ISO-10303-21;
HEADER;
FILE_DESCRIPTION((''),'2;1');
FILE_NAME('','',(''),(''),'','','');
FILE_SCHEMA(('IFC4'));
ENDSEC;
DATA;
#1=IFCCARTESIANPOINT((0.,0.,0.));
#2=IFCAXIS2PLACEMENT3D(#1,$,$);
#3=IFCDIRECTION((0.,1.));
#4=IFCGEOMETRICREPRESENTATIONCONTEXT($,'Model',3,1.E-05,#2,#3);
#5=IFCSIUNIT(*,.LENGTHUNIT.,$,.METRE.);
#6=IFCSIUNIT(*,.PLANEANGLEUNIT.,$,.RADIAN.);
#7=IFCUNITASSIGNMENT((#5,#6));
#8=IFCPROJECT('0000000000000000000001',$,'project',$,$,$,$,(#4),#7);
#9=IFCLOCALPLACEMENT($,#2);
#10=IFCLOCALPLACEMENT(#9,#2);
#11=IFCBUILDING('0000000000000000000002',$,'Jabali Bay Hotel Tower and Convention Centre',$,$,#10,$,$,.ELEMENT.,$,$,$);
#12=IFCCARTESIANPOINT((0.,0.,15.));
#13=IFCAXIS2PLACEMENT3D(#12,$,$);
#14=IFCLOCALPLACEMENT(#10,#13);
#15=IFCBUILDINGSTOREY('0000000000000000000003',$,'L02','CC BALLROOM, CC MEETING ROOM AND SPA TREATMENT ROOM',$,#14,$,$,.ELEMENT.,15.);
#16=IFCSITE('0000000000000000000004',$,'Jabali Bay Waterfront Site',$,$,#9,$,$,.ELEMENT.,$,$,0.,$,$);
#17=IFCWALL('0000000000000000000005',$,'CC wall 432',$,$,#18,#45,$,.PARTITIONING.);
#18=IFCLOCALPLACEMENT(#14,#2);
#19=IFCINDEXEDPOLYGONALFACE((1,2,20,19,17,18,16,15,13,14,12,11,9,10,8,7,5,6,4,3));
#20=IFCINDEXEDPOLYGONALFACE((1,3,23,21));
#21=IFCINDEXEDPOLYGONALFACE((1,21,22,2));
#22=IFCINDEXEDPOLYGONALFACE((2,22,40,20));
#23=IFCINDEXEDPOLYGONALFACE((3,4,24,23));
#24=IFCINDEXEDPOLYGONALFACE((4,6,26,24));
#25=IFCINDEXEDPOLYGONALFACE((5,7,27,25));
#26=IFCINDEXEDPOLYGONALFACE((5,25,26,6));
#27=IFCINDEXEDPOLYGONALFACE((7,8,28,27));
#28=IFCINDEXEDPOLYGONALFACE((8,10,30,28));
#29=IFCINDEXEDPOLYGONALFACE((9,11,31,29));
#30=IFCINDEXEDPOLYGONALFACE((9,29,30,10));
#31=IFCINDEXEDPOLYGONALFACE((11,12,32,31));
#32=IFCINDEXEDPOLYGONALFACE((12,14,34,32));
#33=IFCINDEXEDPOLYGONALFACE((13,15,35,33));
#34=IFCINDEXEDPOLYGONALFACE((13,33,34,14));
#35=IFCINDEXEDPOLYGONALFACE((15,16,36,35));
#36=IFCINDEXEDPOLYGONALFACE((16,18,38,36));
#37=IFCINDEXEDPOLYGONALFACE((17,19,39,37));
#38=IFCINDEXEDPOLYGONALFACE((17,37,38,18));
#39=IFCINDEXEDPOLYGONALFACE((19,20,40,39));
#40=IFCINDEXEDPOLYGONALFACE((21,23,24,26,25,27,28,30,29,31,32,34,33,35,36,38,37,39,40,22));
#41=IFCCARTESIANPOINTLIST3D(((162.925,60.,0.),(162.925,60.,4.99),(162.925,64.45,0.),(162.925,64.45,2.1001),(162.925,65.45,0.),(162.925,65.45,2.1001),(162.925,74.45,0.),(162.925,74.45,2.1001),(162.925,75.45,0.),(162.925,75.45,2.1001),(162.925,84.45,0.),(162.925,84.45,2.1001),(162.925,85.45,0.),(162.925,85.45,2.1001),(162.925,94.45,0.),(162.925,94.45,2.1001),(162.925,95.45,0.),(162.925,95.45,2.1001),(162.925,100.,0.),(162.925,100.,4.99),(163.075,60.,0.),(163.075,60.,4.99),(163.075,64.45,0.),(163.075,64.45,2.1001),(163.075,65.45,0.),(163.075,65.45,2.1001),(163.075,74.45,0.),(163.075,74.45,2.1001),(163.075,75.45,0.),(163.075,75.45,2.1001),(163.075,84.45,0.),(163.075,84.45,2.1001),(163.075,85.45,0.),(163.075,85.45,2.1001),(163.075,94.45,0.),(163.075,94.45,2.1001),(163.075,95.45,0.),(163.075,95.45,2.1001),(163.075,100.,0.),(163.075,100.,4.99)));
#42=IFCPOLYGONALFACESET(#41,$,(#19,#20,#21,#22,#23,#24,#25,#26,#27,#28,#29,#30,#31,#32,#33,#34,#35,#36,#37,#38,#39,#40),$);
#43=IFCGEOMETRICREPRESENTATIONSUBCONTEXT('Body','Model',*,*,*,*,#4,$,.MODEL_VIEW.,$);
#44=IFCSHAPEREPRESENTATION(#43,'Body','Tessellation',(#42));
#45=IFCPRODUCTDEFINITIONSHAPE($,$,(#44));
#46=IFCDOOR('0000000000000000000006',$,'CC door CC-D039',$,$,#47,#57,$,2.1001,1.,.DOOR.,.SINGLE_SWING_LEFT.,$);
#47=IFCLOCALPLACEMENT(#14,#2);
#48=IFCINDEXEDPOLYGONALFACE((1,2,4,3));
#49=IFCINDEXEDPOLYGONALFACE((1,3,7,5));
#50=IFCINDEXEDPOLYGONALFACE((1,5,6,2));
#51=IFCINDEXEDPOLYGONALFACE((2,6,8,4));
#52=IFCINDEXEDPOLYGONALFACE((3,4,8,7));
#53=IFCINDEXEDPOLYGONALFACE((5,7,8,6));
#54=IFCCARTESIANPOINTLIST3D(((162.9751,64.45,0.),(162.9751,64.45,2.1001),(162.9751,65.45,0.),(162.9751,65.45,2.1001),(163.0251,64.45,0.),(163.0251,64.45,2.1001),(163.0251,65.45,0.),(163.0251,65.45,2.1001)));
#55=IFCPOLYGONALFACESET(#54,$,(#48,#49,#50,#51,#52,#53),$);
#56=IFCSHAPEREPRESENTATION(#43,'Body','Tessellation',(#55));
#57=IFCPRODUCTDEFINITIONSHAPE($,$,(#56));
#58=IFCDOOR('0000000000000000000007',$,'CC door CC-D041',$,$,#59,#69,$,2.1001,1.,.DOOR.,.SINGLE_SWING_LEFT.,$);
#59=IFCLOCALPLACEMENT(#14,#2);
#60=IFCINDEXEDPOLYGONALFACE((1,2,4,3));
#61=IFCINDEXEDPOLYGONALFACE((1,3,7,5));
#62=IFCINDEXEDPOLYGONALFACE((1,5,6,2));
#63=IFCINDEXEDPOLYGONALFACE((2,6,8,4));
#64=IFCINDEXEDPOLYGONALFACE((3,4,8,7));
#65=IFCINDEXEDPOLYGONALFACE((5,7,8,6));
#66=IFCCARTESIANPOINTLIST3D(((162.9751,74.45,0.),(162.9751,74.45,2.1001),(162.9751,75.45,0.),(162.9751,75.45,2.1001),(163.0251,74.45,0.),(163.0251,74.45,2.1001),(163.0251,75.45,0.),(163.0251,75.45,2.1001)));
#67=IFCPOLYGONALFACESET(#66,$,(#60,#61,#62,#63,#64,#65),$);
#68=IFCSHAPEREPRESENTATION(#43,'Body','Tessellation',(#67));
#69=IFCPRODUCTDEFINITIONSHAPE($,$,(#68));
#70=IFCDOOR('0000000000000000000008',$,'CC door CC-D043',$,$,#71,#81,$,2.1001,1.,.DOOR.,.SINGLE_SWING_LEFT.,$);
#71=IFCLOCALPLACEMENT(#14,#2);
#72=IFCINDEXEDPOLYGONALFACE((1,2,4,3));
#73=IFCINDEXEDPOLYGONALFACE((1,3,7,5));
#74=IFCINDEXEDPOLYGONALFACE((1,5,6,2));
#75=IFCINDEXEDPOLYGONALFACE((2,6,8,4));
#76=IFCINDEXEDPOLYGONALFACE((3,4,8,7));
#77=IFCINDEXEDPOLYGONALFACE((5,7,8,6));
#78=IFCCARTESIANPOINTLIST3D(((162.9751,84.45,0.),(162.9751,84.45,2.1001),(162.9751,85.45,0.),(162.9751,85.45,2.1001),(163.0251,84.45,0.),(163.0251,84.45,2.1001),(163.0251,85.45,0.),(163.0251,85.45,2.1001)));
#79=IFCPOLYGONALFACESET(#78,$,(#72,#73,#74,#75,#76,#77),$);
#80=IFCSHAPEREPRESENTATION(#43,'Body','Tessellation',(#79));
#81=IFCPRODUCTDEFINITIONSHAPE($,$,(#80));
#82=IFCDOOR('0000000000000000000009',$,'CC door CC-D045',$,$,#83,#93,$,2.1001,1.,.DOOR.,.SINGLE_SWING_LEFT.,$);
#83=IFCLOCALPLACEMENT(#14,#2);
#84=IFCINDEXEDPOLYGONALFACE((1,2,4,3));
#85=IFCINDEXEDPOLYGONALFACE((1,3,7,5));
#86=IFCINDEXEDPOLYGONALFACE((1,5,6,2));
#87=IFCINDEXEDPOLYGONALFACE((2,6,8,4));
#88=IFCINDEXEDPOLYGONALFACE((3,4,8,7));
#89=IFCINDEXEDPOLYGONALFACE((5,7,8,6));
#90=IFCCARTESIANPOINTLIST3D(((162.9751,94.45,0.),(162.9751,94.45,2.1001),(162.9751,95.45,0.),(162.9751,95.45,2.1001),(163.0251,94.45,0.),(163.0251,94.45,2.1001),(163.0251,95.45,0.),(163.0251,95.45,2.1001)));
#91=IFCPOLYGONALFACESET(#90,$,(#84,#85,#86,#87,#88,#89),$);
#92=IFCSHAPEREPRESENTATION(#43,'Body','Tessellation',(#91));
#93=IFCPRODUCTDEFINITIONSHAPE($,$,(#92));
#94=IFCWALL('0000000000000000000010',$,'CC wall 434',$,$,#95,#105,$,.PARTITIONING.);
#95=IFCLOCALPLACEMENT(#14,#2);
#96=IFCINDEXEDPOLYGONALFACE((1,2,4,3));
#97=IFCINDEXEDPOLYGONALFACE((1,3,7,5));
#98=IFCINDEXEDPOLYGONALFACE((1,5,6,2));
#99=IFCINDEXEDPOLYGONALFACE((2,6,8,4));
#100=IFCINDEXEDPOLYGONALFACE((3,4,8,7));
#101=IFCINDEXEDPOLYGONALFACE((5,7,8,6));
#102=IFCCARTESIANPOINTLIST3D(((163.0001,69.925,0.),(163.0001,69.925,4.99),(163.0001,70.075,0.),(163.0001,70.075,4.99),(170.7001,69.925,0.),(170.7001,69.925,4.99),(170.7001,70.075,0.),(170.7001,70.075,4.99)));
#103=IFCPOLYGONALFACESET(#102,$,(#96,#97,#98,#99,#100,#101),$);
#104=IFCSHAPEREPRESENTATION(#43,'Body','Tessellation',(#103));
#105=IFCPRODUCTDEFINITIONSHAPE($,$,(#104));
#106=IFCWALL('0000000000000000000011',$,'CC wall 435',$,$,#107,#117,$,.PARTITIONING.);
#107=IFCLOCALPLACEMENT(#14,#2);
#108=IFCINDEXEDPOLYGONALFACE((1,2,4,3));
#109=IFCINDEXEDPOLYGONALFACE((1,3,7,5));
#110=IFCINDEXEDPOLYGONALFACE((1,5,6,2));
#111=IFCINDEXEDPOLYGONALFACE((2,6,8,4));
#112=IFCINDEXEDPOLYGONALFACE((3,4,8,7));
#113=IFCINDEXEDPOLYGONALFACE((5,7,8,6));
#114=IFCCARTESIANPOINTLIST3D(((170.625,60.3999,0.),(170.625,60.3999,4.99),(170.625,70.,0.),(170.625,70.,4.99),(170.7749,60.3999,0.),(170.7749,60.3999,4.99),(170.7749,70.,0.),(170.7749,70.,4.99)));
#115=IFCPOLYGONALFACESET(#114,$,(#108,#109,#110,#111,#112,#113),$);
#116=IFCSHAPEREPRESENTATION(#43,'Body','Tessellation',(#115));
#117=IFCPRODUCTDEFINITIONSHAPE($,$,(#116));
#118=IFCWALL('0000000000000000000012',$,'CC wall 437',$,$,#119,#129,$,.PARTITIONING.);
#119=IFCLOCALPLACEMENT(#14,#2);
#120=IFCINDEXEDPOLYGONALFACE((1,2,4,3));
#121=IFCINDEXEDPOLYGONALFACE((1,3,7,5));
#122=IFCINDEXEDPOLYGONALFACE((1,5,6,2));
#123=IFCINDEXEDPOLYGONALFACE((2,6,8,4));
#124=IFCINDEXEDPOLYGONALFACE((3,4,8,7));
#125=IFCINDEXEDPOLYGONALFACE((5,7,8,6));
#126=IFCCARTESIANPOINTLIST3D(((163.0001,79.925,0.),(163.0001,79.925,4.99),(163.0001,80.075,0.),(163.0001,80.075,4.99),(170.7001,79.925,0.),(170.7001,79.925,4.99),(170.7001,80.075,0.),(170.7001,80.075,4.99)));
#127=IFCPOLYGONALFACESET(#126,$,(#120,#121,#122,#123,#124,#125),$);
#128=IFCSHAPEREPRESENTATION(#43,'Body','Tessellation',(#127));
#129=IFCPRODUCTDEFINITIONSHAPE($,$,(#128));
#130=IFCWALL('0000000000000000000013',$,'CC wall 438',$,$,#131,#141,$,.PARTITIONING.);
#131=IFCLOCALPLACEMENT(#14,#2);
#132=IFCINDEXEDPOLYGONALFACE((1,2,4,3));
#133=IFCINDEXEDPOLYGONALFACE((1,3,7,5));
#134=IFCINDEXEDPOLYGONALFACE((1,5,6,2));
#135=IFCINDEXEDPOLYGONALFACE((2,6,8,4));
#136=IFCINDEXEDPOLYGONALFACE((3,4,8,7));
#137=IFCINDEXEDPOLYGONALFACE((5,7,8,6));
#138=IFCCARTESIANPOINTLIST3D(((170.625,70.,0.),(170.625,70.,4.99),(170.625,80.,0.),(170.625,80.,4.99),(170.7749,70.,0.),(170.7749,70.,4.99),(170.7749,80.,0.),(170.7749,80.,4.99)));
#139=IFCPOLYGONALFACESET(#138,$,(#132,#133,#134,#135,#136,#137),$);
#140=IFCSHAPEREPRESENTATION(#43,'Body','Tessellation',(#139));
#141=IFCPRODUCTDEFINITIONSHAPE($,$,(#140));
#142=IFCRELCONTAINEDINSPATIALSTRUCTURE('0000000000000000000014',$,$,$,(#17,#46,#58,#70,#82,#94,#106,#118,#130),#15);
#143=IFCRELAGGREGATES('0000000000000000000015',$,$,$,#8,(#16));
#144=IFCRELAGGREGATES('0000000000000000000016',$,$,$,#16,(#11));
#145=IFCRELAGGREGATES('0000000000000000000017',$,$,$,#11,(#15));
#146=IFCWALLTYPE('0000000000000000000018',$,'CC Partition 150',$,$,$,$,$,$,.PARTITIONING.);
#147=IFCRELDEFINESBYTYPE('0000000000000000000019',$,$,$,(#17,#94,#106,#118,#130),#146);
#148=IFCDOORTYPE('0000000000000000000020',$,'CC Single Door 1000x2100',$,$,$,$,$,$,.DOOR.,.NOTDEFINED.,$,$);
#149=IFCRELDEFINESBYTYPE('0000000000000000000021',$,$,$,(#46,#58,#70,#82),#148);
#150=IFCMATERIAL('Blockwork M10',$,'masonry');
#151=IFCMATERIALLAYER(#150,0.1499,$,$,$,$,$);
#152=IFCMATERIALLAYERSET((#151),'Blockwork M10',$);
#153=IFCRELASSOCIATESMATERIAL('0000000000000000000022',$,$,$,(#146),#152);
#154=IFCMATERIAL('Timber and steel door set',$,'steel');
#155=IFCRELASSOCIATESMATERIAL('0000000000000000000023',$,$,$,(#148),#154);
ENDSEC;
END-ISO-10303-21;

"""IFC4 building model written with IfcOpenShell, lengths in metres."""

from ifc_helpers import new_model, si_unit, direction, frame, frame_2d, origin, place, context, subcontext, project, spatial, rectangle, extrude, material, layer, layer_set, type_object, element, fill, save


model = new_model("IFC4")

# Units and contexts
model_context = context("Model", 3, precision=1e-05, world=origin(), true_north=direction((0.0, 1.0)))
body_context = subcontext(model_context, "Body", "Model", "MODEL_VIEW")
ifc_project = project(units=[si_unit("LENGTHUNIT", "METRE"), si_unit("PLANEANGLEUNIT", "RADIAN")], contexts=[model_context])

# Site, building, storey
site_placement = place(None, origin())
site = spatial("IfcSite", under=ifc_project, at=site_placement, Name="Jabali Bay Waterfront Site", CompositionType="ELEMENT", RefElevation=0.0)
building_placement = place(site_placement, origin())
building = spatial("IfcBuilding", under=site, at=building_placement, Name="Jabali Bay Hotel Tower and Convention Centre", CompositionType="ELEMENT")
storey_placement = place(building_placement, frame((0.0, 0.0, 15.0)))
storey = spatial("IfcBuildingStorey", under=building, at=storey_placement, Name="L02", Description="CC BALLROOM, CC MEETING ROOM AND SPA TREATMENT ROOM", CompositionType="ELEMENT", Elevation=15.0)

# Shared definitions
ifc_material_1 = material(Name="Timber and steel door set", Category="steel")

# Shared definitions
ifc_material_2 = material(Name="Blockwork M10", Category="masonry")
ifc_layer_1 = layer(ifc_material_2, 0.1499)
ifc_layer_set_1 = layer_set([ifc_layer_1], Name="Blockwork M10")
wall_type_1 = type_object("IfcWallType", Name="CC Partition 150", PredefinedType="PARTITIONING", material=ifc_layer_set_1)

# Wall, openings, doors
wall_1_placement = place(storey_placement, frame((163.0, 60.0, 0.0), z_axis=(0.0, 0.0, 1.0), x_axis=(0.0, 1.0, 0.0)))
wall_1 = element("IfcWall", 1, at=wall_1_placement, inside=storey, type_object=wall_type_1, Name="CC wall 432", PredefinedType="PARTITIONING", context=body_context, shape_type="SweptSolid", body=[
    extrude(rectangle(XDim=40.0, YDim=0.1499, at=frame_2d((20.0, 0.0))), origin(), (0.0, 0.0, 1.0), 4.99),
])
opening_1_placement = place(wall_1_placement, frame((4.45, 0.0, 0.0)))
opening_1 = element("IfcOpeningElement", 2, at=opening_1_placement, cuts=wall_1, PredefinedType="OPENING", context=body_context, shape_type="SweptSolid", body=[
    extrude(rectangle(XDim=1.0, YDim=2.1001, at=frame_2d((0.5, 1.05))), frame((0.0, 0.0854, 0.0), z_axis=(0.0, -1.0, 0.0), x_axis=(1.0, 0.0, 0.0)), (0.0, 0.0, 1.0), 0.1709),
])
opening_2_placement = place(wall_1_placement, frame((14.45, 0.0, 0.0)))
opening_2 = element("IfcOpeningElement", 3, at=opening_2_placement, cuts=wall_1, PredefinedType="OPENING", context=body_context, shape_type="SweptSolid", body=[
    extrude(rectangle(XDim=1.0, YDim=2.1001, at=frame_2d((0.5, 1.05))), frame((0.0, 0.0854, 0.0), z_axis=(0.0, -1.0, 0.0), x_axis=(1.0, 0.0, 0.0)), (0.0, 0.0, 1.0), 0.1709),
])
opening_3_placement = place(wall_1_placement, frame((24.45, 0.0, 0.0)))
opening_3 = element("IfcOpeningElement", 4, at=opening_3_placement, cuts=wall_1, PredefinedType="OPENING", context=body_context, shape_type="SweptSolid", body=[
    extrude(rectangle(XDim=1.0, YDim=2.1001, at=frame_2d((0.5, 1.05))), frame((0.0, 0.0854, 0.0), z_axis=(0.0, -1.0, 0.0), x_axis=(1.0, 0.0, 0.0)), (0.0, 0.0, 1.0), 0.1709),
])
opening_4_placement = place(wall_1_placement, frame((34.45, 0.0, 0.0)))
opening_4 = element("IfcOpeningElement", 5, at=opening_4_placement, cuts=wall_1, PredefinedType="OPENING", context=body_context, shape_type="SweptSolid", body=[
    extrude(rectangle(XDim=1.0, YDim=2.1001, at=frame_2d((0.5, 1.05))), frame((0.0, 0.0854, 0.0), z_axis=(0.0, -1.0, 0.0), x_axis=(1.0, 0.0, 0.0)), (0.0, 0.0, 1.0), 0.1709),
])
door_type_1 = type_object("IfcDoorType", Name="CC Single Door 1000x2100", OperationType="NOTDEFINED", PredefinedType="DOOR", material=ifc_material_1)
door_1_placement = place(opening_1_placement, origin())
door_1 = element("IfcDoor", 6, at=door_1_placement, inside=storey, type_object=door_type_1, Name="CC door CC-D039", OperationType="SINGLE_SWING_LEFT", OverallHeight=2.1001, OverallWidth=1.0, PredefinedType="DOOR", context=body_context, shape_type="SweptSolid", body=[
    extrude(rectangle(XDim=1.0, YDim=2.1001, at=frame_2d((0.5, 1.05))), frame((0.0, 0.0249, 0.0), z_axis=(0.0, -1.0, 0.0), x_axis=(1.0, 0.0, 0.0)), (0.0, 0.0, 1.0), 0.05),
])
fill(opening_1, door_1)
door_2_placement = place(opening_2_placement, origin())
door_2 = element("IfcDoor", 7, at=door_2_placement, inside=storey, type_object=door_type_1, Name="CC door CC-D041", OperationType="SINGLE_SWING_LEFT", OverallHeight=2.1001, OverallWidth=1.0, PredefinedType="DOOR", context=body_context, shape_type="SweptSolid", body=[
    extrude(rectangle(XDim=1.0, YDim=2.1001, at=frame_2d((0.5, 1.05))), frame((0.0, 0.0249, 0.0), z_axis=(0.0, -1.0, 0.0), x_axis=(1.0, 0.0, 0.0)), (0.0, 0.0, 1.0), 0.05),
])
fill(opening_2, door_2)
door_3_placement = place(opening_3_placement, origin())
door_3 = element("IfcDoor", 8, at=door_3_placement, inside=storey, type_object=door_type_1, Name="CC door CC-D043", OperationType="SINGLE_SWING_LEFT", OverallHeight=2.1001, OverallWidth=1.0, PredefinedType="DOOR", context=body_context, shape_type="SweptSolid", body=[
    extrude(rectangle(XDim=1.0, YDim=2.1001, at=frame_2d((0.5, 1.05))), frame((0.0, 0.0249, 0.0), z_axis=(0.0, -1.0, 0.0), x_axis=(1.0, 0.0, 0.0)), (0.0, 0.0, 1.0), 0.05),
])
fill(opening_3, door_3)
door_4_placement = place(opening_4_placement, origin())
door_4 = element("IfcDoor", 9, at=door_4_placement, inside=storey, type_object=door_type_1, Name="CC door CC-D045", OperationType="SINGLE_SWING_LEFT", OverallHeight=2.1001, OverallWidth=1.0, PredefinedType="DOOR", context=body_context, shape_type="SweptSolid", body=[
    extrude(rectangle(XDim=1.0, YDim=2.1001, at=frame_2d((0.5, 1.05))), frame((0.0, 0.0249, 0.0), z_axis=(0.0, -1.0, 0.0), x_axis=(1.0, 0.0, 0.0)), (0.0, 0.0, 1.0), 0.05),
])
fill(opening_4, door_4)

# Walls
wall_2_placement = place(storey_placement, frame((163.0, 70.0, 0.0), z_axis=(0.0, 0.0, 1.0), x_axis=(1.0, 0.0, 0.0)))
element("IfcWall", 10, at=wall_2_placement, inside=storey, type_object=wall_type_1, Name="CC wall 434", PredefinedType="PARTITIONING", context=body_context, shape_type="SweptSolid", body=[
    extrude(rectangle(XDim=7.7, YDim=0.1499, at=frame_2d((3.8501, 0.0))), origin(), (0.0, 0.0, 1.0), 4.99),
])
wall_3_placement = place(storey_placement, frame((170.7, 60.3999, 0.0), z_axis=(0.0, 0.0, 1.0), x_axis=(0.0, 1.0, 0.0)))
element("IfcWall", 11, at=wall_3_placement, inside=storey, type_object=wall_type_1, Name="CC wall 435", PredefinedType="PARTITIONING", context=body_context, shape_type="SweptSolid", body=[
    extrude(rectangle(XDim=9.6001, YDim=0.1499, at=frame_2d((4.8, 0.0))), origin(), (0.0, 0.0, 1.0), 4.99),
])
wall_4_placement = place(storey_placement, frame((163.0, 80.0, 0.0), z_axis=(0.0, 0.0, 1.0), x_axis=(1.0, 0.0, 0.0)))
element("IfcWall", 12, at=wall_4_placement, inside=storey, type_object=wall_type_1, Name="CC wall 437", PredefinedType="PARTITIONING", context=body_context, shape_type="SweptSolid", body=[
    extrude(rectangle(XDim=7.7, YDim=0.1499, at=frame_2d((3.8501, 0.0))), origin(), (0.0, 0.0, 1.0), 4.99),
])
wall_5_placement = place(storey_placement, frame((170.7, 70.0, 0.0), z_axis=(0.0, 0.0, 1.0), x_axis=(0.0, 1.0, 0.0)))
element("IfcWall", 13, at=wall_5_placement, inside=storey, type_object=wall_type_1, Name="CC wall 438", PredefinedType="PARTITIONING", context=body_context, shape_type="SweptSolid", body=[
    extrude(rectangle(XDim=10.0, YDim=0.1499, at=frame_2d((5.0, 0.0))), origin(), (0.0, 0.0, 1.0), 4.99),
])

save(model, "model.ifc")
